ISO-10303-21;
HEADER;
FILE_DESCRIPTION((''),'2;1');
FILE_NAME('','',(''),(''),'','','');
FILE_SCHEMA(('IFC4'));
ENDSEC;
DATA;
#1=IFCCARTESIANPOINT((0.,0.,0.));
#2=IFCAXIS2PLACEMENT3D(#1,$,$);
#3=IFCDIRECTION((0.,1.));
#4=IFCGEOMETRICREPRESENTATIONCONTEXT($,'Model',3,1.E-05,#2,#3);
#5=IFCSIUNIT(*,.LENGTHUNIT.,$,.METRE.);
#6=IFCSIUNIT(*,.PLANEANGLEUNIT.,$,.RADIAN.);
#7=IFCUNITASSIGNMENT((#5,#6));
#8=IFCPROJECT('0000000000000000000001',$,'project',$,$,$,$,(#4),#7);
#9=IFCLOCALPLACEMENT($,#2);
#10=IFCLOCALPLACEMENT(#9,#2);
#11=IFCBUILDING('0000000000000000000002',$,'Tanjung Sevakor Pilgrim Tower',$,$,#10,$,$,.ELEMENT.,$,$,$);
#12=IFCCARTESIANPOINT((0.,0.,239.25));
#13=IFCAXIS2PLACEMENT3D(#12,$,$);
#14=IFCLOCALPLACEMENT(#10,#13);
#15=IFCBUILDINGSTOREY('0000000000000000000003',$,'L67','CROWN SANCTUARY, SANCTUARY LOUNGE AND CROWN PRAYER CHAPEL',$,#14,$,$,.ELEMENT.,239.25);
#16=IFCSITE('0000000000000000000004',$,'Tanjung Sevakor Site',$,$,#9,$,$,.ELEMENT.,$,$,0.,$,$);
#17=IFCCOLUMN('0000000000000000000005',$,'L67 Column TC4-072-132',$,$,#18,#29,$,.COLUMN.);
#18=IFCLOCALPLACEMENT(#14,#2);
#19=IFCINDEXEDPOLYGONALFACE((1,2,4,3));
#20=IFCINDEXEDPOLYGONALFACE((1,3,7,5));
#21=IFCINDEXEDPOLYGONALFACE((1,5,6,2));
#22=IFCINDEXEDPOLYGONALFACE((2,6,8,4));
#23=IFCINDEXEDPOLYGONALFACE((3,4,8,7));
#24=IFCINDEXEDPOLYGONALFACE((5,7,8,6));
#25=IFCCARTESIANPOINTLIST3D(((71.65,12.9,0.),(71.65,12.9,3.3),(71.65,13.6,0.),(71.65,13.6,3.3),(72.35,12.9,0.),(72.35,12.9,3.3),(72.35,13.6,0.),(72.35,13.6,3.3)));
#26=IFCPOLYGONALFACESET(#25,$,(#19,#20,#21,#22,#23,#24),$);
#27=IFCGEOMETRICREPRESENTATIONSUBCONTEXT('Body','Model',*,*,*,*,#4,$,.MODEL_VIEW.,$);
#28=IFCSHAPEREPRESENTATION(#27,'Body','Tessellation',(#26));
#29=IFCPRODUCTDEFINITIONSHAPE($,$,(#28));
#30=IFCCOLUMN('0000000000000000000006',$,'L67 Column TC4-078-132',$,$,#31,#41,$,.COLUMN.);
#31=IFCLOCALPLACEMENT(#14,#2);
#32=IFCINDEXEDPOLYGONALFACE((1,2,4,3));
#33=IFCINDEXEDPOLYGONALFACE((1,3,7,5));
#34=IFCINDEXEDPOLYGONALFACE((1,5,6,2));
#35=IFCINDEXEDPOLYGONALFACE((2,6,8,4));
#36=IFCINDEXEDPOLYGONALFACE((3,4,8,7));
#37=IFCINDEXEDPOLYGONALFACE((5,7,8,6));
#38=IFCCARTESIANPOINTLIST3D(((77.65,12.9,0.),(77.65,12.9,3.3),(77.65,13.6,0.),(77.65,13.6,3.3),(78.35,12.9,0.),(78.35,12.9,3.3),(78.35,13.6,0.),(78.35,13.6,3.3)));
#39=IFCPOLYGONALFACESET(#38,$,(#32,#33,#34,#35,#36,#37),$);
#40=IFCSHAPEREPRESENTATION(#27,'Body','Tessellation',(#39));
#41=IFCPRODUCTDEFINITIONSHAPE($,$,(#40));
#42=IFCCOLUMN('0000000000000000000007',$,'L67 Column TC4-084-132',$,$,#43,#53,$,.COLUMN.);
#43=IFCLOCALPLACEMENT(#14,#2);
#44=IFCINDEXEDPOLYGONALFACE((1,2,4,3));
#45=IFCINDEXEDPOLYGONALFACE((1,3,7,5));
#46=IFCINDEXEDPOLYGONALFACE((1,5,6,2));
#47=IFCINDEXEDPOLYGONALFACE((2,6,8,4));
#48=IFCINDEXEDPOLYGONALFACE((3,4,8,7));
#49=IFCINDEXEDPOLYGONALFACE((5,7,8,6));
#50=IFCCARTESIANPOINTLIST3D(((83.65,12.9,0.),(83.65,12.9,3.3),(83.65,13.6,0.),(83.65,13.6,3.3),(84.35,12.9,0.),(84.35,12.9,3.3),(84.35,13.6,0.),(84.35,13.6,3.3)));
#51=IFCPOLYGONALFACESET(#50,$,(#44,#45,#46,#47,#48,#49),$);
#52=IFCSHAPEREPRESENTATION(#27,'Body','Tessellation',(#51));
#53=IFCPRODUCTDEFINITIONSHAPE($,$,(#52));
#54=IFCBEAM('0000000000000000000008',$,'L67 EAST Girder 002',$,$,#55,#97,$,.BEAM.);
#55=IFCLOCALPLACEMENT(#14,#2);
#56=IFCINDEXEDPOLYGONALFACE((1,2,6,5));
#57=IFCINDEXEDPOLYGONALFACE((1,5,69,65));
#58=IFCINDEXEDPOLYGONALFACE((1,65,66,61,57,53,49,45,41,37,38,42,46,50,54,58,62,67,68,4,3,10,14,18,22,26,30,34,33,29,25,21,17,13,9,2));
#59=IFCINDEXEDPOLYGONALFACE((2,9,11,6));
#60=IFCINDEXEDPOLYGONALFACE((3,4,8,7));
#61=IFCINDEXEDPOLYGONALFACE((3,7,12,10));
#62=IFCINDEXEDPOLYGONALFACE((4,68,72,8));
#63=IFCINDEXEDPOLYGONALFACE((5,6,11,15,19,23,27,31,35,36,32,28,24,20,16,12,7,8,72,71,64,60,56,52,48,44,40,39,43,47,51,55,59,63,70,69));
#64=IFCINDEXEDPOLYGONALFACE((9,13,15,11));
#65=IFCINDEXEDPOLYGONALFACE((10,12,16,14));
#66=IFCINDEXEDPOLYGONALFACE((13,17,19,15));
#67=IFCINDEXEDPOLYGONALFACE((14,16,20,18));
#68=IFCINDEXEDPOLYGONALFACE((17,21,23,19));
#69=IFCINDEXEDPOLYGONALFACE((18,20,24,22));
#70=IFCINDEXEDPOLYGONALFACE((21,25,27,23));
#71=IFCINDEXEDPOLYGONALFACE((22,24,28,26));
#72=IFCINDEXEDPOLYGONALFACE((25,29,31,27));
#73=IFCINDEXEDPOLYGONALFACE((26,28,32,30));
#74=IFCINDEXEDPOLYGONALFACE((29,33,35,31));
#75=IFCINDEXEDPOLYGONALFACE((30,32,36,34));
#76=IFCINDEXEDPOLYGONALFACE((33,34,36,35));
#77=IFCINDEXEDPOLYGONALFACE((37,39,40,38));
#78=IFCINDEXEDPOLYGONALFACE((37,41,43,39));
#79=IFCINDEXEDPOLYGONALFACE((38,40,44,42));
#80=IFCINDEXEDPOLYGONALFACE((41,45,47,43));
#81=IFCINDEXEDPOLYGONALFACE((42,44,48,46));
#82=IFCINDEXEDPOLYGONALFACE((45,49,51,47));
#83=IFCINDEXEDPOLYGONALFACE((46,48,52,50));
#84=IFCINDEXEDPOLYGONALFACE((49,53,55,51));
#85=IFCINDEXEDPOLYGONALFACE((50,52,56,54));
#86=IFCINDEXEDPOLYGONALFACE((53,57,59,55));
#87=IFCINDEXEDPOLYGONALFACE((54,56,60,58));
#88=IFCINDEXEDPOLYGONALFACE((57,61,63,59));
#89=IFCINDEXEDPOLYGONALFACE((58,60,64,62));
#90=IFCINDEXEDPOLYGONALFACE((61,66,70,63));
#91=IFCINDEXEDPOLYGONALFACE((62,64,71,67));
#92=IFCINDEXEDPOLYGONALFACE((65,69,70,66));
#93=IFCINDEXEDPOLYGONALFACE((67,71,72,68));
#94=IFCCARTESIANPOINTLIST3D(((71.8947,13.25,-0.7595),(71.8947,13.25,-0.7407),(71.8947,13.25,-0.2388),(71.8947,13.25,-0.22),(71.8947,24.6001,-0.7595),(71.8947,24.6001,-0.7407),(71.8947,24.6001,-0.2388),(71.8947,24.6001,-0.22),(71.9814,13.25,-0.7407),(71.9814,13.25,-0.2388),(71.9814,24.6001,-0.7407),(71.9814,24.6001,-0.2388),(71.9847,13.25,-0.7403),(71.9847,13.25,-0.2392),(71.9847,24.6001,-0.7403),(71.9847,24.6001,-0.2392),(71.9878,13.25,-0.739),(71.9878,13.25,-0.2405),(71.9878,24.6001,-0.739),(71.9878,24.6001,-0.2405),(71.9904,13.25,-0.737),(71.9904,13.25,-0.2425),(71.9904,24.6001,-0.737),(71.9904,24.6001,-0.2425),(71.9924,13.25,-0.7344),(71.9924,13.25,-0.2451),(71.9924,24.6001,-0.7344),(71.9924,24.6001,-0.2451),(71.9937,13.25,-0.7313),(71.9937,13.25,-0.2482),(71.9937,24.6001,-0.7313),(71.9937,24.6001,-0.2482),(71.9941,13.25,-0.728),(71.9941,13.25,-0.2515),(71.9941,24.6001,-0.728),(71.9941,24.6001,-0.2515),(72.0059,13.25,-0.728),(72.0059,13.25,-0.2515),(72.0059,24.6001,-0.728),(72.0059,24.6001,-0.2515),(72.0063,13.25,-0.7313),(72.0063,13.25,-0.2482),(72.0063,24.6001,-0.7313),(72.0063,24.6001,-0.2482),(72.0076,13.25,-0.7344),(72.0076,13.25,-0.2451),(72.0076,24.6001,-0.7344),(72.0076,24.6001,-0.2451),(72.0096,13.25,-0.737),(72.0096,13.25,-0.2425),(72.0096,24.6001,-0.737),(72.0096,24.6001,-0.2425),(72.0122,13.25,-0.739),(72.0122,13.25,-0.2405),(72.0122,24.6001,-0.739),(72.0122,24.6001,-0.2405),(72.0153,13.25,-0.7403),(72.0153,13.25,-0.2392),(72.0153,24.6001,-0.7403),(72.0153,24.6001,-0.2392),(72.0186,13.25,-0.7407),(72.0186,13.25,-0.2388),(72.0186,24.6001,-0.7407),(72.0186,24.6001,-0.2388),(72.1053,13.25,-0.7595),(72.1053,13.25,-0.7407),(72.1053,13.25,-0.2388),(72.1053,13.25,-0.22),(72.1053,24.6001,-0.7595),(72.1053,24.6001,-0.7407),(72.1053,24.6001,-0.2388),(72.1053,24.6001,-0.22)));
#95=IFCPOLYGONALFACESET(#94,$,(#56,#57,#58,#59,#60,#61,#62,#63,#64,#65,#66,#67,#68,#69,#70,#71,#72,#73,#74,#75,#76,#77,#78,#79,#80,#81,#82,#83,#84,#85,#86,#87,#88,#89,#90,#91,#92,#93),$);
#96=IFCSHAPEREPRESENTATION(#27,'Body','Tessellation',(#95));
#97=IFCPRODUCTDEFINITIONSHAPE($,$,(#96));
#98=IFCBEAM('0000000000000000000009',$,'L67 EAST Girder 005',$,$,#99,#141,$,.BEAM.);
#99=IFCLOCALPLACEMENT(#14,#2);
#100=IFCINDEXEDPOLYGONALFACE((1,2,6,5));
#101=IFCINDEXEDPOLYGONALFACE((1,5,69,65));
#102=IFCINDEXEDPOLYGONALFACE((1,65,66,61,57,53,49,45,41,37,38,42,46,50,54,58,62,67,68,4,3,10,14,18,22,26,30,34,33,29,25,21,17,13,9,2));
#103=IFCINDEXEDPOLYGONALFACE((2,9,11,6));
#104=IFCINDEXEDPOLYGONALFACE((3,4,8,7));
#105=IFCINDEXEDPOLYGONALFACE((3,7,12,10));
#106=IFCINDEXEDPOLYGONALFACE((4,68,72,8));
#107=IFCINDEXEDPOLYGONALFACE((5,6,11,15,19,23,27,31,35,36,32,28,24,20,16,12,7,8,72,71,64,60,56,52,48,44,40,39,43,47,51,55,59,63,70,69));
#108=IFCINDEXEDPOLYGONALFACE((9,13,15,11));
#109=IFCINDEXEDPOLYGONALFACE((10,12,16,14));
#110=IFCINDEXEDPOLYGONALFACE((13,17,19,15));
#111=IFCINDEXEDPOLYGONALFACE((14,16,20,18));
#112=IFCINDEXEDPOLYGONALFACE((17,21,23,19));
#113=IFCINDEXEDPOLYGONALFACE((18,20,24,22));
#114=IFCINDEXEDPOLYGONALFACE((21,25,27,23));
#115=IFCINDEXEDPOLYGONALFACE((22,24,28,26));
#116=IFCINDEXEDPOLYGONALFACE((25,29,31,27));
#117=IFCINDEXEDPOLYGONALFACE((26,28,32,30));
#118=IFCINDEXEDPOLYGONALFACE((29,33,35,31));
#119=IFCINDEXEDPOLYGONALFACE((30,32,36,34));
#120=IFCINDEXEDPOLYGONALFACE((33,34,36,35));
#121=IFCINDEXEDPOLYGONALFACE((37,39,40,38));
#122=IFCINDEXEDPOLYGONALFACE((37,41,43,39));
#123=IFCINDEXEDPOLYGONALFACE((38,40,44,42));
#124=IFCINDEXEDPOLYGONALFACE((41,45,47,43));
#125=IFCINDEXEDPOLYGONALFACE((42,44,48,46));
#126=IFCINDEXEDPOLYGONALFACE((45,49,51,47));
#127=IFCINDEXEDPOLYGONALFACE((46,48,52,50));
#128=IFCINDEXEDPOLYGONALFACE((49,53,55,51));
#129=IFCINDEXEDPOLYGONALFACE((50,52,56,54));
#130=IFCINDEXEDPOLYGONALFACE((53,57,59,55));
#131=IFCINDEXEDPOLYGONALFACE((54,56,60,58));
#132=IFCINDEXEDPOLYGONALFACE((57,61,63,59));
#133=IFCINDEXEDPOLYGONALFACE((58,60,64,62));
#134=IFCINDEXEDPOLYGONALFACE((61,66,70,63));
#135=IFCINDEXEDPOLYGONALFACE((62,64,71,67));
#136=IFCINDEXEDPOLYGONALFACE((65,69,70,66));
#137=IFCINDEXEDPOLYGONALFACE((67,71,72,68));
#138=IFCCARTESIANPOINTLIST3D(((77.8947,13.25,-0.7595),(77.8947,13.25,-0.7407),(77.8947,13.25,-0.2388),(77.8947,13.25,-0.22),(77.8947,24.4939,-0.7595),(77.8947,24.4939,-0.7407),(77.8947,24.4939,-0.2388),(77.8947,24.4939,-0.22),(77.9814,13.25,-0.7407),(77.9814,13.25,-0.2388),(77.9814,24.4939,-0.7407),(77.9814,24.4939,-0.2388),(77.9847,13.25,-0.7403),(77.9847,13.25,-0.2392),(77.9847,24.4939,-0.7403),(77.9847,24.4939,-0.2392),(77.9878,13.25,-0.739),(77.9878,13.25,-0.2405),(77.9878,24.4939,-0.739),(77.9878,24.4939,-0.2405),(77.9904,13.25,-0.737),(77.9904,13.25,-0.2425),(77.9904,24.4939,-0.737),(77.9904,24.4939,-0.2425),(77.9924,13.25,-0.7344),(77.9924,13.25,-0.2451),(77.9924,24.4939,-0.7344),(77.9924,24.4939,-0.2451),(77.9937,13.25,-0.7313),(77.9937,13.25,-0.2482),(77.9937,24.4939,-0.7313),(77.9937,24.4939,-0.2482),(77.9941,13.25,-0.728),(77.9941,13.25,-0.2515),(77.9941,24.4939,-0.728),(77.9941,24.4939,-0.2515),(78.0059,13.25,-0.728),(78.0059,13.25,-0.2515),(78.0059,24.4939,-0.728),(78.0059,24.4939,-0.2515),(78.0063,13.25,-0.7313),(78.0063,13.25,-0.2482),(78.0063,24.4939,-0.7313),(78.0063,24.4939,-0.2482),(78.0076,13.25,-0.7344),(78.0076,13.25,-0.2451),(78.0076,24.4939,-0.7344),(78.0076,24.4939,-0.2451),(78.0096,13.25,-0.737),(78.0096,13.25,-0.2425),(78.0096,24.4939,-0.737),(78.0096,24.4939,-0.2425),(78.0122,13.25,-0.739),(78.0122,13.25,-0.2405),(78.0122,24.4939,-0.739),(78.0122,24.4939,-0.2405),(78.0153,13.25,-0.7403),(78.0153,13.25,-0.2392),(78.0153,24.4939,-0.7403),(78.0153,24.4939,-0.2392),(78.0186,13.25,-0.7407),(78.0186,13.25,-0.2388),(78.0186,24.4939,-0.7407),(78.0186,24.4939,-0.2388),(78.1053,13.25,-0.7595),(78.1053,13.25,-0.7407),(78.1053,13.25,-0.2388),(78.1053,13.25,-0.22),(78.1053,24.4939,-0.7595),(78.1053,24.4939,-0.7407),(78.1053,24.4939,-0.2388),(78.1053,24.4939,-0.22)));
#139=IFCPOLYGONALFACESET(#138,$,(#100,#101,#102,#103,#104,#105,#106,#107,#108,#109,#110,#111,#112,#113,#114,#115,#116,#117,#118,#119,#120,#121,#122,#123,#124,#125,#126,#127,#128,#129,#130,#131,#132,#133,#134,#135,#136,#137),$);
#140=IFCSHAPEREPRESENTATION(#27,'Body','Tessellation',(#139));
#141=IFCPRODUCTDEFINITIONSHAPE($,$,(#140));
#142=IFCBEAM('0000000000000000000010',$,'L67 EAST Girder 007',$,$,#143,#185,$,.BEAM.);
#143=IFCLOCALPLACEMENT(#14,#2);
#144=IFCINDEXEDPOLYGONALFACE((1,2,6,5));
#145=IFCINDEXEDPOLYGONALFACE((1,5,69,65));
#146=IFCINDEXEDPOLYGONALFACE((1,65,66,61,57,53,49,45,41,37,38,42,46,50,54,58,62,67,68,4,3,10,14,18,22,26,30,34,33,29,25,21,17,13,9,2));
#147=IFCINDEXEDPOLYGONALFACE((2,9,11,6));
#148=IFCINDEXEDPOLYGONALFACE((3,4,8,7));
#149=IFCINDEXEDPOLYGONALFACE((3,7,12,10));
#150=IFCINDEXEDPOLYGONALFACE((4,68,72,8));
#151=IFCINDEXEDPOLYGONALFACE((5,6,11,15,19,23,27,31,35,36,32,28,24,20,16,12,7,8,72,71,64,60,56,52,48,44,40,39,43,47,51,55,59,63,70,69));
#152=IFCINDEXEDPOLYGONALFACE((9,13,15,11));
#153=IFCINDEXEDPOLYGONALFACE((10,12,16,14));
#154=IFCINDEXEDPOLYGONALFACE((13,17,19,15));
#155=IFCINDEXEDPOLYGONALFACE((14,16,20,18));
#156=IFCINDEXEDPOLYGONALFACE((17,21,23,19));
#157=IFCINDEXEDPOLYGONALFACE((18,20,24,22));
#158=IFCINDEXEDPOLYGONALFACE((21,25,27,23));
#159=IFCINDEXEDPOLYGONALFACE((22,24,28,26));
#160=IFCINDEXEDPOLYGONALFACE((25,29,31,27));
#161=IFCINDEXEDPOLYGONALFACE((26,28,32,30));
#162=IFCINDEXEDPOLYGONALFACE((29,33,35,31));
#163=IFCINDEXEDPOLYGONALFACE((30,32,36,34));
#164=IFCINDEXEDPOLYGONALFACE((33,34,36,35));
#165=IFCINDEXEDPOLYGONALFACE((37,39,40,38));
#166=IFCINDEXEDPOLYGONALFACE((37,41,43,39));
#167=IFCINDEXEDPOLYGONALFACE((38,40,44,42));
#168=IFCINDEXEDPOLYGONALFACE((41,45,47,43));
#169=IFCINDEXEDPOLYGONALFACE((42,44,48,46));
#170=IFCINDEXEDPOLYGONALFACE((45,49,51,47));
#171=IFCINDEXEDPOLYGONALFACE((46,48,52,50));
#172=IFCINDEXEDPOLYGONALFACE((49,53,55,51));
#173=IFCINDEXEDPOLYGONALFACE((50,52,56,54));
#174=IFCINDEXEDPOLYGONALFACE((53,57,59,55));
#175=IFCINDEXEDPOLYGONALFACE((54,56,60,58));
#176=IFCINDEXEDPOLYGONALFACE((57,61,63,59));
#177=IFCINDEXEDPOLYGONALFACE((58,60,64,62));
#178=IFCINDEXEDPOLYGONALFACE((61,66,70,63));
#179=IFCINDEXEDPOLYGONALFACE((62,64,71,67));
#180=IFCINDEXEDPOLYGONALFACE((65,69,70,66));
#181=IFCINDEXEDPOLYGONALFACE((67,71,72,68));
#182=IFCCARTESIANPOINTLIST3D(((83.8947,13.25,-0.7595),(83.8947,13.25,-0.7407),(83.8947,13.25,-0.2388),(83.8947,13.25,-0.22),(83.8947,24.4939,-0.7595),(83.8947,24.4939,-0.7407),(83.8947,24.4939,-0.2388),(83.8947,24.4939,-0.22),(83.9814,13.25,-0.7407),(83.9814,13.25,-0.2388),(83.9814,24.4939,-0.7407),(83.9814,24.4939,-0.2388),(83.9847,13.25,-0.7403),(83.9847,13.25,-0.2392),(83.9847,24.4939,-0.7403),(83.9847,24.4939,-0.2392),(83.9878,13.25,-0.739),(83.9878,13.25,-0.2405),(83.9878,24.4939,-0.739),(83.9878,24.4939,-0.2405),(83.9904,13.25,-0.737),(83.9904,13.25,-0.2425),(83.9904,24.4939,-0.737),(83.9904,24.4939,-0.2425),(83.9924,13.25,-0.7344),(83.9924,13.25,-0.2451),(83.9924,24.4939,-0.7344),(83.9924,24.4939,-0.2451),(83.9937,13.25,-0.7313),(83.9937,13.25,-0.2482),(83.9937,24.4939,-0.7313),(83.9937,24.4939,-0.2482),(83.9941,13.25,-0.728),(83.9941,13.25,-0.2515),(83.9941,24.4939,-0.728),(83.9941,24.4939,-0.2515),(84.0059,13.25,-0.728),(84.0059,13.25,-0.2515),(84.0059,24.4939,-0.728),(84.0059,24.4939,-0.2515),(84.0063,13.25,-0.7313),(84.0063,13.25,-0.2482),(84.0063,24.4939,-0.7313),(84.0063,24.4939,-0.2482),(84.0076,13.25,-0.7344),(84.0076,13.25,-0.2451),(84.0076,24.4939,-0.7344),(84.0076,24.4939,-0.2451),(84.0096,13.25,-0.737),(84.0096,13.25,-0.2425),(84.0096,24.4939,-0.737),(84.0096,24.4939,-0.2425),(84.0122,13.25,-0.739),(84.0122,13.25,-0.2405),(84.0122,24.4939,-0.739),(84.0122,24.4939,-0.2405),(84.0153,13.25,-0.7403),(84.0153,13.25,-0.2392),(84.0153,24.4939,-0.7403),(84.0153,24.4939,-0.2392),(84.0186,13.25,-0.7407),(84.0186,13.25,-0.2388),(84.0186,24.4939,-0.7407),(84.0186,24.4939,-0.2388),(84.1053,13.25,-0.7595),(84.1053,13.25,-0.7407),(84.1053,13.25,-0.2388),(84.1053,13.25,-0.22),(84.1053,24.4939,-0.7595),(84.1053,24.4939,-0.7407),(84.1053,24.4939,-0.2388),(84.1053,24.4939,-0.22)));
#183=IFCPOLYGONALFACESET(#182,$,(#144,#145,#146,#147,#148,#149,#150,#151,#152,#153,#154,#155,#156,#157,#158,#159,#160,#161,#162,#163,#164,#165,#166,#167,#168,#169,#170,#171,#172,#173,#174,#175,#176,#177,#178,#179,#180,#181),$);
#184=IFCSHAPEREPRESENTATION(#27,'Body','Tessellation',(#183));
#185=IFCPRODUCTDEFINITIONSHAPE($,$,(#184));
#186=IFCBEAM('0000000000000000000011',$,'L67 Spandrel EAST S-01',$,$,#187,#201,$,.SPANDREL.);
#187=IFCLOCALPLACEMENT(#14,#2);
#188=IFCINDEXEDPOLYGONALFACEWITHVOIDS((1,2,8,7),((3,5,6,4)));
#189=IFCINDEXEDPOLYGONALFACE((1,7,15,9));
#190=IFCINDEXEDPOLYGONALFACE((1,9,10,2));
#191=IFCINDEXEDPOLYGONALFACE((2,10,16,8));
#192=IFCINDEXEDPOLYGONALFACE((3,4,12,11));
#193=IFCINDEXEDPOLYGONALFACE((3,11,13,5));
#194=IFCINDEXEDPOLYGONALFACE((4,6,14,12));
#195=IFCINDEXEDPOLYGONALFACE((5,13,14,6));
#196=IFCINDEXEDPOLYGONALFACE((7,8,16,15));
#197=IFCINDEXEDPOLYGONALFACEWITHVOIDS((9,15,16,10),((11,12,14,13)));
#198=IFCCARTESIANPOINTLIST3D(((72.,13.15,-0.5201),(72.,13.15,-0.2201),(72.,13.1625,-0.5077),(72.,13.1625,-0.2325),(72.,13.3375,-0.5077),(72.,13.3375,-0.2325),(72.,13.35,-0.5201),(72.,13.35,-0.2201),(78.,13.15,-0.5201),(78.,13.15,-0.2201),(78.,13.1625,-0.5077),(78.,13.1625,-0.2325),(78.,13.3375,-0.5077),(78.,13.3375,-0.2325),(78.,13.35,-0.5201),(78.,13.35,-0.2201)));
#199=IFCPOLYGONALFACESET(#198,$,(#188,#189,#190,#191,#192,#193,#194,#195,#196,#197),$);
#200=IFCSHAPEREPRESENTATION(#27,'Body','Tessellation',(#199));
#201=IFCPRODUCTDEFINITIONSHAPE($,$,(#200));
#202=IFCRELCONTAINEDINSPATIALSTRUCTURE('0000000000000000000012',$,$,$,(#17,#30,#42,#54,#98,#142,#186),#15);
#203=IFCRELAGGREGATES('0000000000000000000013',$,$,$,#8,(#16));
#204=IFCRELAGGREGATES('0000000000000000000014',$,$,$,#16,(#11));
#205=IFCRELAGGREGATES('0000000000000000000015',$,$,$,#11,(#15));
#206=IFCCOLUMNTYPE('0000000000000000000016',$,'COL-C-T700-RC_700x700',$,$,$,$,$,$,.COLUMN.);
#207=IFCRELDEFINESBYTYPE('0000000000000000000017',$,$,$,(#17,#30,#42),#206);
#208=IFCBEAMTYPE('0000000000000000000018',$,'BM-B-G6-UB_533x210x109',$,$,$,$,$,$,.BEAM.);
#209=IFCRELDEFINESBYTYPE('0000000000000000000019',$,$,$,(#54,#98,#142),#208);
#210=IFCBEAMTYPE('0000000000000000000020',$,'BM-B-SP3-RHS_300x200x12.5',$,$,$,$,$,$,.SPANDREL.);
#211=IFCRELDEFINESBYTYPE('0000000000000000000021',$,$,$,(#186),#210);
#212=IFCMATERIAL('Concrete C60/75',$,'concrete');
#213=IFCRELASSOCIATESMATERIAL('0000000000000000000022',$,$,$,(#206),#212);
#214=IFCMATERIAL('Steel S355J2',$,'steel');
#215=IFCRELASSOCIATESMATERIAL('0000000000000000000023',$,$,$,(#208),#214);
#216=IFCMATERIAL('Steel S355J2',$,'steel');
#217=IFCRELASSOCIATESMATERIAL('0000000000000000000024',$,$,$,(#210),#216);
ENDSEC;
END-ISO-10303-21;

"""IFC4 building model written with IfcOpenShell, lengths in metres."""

from ifc_helpers import new_model, si_unit, direction, frame, origin, origin_2d, place, context, subcontext, project, spatial, rectangle, hollow_rectangle, i_section, extrude, material, material_profile, profile_set, type_object, element, save


model = new_model("IFC4")

# Units and contexts
model_context = context("Model", 3, precision=1e-05, world=origin(), true_north=direction((0.0, 1.0)))
body_context = subcontext(model_context, "Body", "Model", "MODEL_VIEW")
ifc_project = project(units=[si_unit("LENGTHUNIT", "METRE"), si_unit("PLANEANGLEUNIT", "RADIAN")], contexts=[model_context])

# Site, building, storey
site_placement = place(None, origin())
site = spatial("IfcSite", under=ifc_project, at=site_placement, Name="Tanjung Sevakor Site", CompositionType="ELEMENT", RefElevation=0.0)
building_placement = place(site_placement, origin())
building = spatial("IfcBuilding", under=site, at=building_placement, Name="Tanjung Sevakor Pilgrim Tower", CompositionType="ELEMENT")
storey_placement = place(building_placement, frame((0.0, 0.0, 239.25)))
storey = spatial("IfcBuildingStorey", under=building, at=storey_placement, Name="L67", Description="CROWN SANCTUARY, SANCTUARY LOUNGE AND CROWN PRAYER CHAPEL", CompositionType="ELEMENT", Elevation=239.25)

# Columns
ifc_material_1 = material(Name="Concrete C60/75", Category="concrete")
ifc_material_profile_1 = material_profile(ifc_material_1, rectangle(XDim=0.7, YDim=0.7, at=origin_2d()))
ifc_profile_set_1 = profile_set([ifc_material_profile_1], Name="Concrete C60/75")
column_type = type_object("IfcColumnType", Name="COL-C-T700-RC_700x700", PredefinedType="COLUMN", material=ifc_profile_set_1)
for number, where, z_axis, x_axis, name in (
    (1, (72.0, 13.25, 0.0), (0.0, 0.0, 1.0), (1.0, 0.0, 0.0), "L67 Column TC4-072-132"),
    (2, (78.0, 13.25, 0.0), (0.0, 0.0, 1.0), (1.0, 0.0, 0.0), "L67 Column TC4-078-132"),
    (3, (84.0, 13.25, 0.0), (0.0, 0.0, 1.0), (1.0, 0.0, 0.0), "L67 Column TC4-084-132"),
):
    element("IfcColumn", number, at=place(storey_placement, frame(where, z_axis=z_axis, x_axis=x_axis)), inside=storey, type_object=column_type, Name=name, PredefinedType="COLUMN", context=body_context, shape_type="SweptSolid", body=[
        extrude(rectangle(XDim=0.7, YDim=0.7, at=origin_2d()), origin(), (0.0, 0.0, 1.0), 3.3),
    ])

# Beams
ifc_material_2 = material(Name="Steel S355J2", Category="steel")
ifc_material_profile_2 = material_profile(ifc_material_2, i_section(OverallWidth=0.2107, OverallDepth=0.5396, WebThickness=0.0117, FlangeThickness=0.0188, FilletRadius=0.0127, at=origin_2d()))
ifc_profile_set_2 = profile_set([ifc_material_profile_2], Name="Steel S355J2")
beam_type_1 = type_object("IfcBeamType", Name="BM-B-G6-UB_533x210x109", PredefinedType="BEAM", material=ifc_profile_set_2)
beam_placement = place(storey_placement, frame((72.0, 13.25, -0.4897), z_axis=(0.0, 1.0, 0.0), x_axis=(-1.0, 0.0, 0.0)))
element("IfcBeam", 4, at=beam_placement, inside=storey, type_object=beam_type_1, Name="L67 EAST Girder 002", PredefinedType="BEAM", context=body_context, shape_type="SweptSolid", body=[
    extrude(i_section(OverallWidth=0.2107, OverallDepth=0.5396, WebThickness=0.0117, FlangeThickness=0.0188, FilletRadius=0.0127, at=origin_2d()), origin(), (0.0, 0.0, 1.0), 11.3501),
])
for number, where, z_axis, x_axis, name in (
    (5, (78.0, 13.25, -0.4897), (0.0, 1.0, 0.0), (-1.0, 0.0, 0.0), "L67 EAST Girder 005"),
    (6, (84.0, 13.25, -0.4897), (0.0, 1.0, 0.0), (-1.0, 0.0, 0.0), "L67 EAST Girder 007"),
):
    element("IfcBeam", number, at=place(storey_placement, frame(where, z_axis=z_axis, x_axis=x_axis)), inside=storey, type_object=beam_type_1, Name=name, PredefinedType="BEAM", context=body_context, shape_type="SweptSolid", body=[
        extrude(i_section(OverallWidth=0.2107, OverallDepth=0.5396, WebThickness=0.0117, FlangeThickness=0.0188, FilletRadius=0.0127, at=origin_2d()), origin(), (0.0, 0.0, 1.0), 11.2439),
    ])
ifc_material_3 = material(Name="Steel S355J2", Category="steel")
ifc_material_profile_3 = material_profile(ifc_material_3, hollow_rectangle(XDim=0.2, YDim=0.3, WallThickness=0.0125, at=origin_2d()))
ifc_profile_set_3 = profile_set([ifc_material_profile_3], Name="Steel S355J2")
beam_type_2 = type_object("IfcBeamType", Name="BM-B-SP3-RHS_300x200x12.5", PredefinedType="SPANDREL", material=ifc_profile_set_3)
for number, where, z_axis, x_axis, name in (
    (7, (72.0, 13.25, -0.3701), (1.0, 0.0, 0.0), (0.0, 1.0, 0.0), "L67 Spandrel EAST S-01"),
):
    element("IfcBeam", number, at=place(storey_placement, frame(where, z_axis=z_axis, x_axis=x_axis)), inside=storey, type_object=beam_type_2, Name=name, PredefinedType="SPANDREL", context=body_context, shape_type="SweptSolid", body=[
        extrude(hollow_rectangle(XDim=0.2, YDim=0.3, WallThickness=0.0125, at=origin_2d()), origin(), (0.0, 0.0, 1.0), 6.0),
    ])

save(model, "model.ifc")
